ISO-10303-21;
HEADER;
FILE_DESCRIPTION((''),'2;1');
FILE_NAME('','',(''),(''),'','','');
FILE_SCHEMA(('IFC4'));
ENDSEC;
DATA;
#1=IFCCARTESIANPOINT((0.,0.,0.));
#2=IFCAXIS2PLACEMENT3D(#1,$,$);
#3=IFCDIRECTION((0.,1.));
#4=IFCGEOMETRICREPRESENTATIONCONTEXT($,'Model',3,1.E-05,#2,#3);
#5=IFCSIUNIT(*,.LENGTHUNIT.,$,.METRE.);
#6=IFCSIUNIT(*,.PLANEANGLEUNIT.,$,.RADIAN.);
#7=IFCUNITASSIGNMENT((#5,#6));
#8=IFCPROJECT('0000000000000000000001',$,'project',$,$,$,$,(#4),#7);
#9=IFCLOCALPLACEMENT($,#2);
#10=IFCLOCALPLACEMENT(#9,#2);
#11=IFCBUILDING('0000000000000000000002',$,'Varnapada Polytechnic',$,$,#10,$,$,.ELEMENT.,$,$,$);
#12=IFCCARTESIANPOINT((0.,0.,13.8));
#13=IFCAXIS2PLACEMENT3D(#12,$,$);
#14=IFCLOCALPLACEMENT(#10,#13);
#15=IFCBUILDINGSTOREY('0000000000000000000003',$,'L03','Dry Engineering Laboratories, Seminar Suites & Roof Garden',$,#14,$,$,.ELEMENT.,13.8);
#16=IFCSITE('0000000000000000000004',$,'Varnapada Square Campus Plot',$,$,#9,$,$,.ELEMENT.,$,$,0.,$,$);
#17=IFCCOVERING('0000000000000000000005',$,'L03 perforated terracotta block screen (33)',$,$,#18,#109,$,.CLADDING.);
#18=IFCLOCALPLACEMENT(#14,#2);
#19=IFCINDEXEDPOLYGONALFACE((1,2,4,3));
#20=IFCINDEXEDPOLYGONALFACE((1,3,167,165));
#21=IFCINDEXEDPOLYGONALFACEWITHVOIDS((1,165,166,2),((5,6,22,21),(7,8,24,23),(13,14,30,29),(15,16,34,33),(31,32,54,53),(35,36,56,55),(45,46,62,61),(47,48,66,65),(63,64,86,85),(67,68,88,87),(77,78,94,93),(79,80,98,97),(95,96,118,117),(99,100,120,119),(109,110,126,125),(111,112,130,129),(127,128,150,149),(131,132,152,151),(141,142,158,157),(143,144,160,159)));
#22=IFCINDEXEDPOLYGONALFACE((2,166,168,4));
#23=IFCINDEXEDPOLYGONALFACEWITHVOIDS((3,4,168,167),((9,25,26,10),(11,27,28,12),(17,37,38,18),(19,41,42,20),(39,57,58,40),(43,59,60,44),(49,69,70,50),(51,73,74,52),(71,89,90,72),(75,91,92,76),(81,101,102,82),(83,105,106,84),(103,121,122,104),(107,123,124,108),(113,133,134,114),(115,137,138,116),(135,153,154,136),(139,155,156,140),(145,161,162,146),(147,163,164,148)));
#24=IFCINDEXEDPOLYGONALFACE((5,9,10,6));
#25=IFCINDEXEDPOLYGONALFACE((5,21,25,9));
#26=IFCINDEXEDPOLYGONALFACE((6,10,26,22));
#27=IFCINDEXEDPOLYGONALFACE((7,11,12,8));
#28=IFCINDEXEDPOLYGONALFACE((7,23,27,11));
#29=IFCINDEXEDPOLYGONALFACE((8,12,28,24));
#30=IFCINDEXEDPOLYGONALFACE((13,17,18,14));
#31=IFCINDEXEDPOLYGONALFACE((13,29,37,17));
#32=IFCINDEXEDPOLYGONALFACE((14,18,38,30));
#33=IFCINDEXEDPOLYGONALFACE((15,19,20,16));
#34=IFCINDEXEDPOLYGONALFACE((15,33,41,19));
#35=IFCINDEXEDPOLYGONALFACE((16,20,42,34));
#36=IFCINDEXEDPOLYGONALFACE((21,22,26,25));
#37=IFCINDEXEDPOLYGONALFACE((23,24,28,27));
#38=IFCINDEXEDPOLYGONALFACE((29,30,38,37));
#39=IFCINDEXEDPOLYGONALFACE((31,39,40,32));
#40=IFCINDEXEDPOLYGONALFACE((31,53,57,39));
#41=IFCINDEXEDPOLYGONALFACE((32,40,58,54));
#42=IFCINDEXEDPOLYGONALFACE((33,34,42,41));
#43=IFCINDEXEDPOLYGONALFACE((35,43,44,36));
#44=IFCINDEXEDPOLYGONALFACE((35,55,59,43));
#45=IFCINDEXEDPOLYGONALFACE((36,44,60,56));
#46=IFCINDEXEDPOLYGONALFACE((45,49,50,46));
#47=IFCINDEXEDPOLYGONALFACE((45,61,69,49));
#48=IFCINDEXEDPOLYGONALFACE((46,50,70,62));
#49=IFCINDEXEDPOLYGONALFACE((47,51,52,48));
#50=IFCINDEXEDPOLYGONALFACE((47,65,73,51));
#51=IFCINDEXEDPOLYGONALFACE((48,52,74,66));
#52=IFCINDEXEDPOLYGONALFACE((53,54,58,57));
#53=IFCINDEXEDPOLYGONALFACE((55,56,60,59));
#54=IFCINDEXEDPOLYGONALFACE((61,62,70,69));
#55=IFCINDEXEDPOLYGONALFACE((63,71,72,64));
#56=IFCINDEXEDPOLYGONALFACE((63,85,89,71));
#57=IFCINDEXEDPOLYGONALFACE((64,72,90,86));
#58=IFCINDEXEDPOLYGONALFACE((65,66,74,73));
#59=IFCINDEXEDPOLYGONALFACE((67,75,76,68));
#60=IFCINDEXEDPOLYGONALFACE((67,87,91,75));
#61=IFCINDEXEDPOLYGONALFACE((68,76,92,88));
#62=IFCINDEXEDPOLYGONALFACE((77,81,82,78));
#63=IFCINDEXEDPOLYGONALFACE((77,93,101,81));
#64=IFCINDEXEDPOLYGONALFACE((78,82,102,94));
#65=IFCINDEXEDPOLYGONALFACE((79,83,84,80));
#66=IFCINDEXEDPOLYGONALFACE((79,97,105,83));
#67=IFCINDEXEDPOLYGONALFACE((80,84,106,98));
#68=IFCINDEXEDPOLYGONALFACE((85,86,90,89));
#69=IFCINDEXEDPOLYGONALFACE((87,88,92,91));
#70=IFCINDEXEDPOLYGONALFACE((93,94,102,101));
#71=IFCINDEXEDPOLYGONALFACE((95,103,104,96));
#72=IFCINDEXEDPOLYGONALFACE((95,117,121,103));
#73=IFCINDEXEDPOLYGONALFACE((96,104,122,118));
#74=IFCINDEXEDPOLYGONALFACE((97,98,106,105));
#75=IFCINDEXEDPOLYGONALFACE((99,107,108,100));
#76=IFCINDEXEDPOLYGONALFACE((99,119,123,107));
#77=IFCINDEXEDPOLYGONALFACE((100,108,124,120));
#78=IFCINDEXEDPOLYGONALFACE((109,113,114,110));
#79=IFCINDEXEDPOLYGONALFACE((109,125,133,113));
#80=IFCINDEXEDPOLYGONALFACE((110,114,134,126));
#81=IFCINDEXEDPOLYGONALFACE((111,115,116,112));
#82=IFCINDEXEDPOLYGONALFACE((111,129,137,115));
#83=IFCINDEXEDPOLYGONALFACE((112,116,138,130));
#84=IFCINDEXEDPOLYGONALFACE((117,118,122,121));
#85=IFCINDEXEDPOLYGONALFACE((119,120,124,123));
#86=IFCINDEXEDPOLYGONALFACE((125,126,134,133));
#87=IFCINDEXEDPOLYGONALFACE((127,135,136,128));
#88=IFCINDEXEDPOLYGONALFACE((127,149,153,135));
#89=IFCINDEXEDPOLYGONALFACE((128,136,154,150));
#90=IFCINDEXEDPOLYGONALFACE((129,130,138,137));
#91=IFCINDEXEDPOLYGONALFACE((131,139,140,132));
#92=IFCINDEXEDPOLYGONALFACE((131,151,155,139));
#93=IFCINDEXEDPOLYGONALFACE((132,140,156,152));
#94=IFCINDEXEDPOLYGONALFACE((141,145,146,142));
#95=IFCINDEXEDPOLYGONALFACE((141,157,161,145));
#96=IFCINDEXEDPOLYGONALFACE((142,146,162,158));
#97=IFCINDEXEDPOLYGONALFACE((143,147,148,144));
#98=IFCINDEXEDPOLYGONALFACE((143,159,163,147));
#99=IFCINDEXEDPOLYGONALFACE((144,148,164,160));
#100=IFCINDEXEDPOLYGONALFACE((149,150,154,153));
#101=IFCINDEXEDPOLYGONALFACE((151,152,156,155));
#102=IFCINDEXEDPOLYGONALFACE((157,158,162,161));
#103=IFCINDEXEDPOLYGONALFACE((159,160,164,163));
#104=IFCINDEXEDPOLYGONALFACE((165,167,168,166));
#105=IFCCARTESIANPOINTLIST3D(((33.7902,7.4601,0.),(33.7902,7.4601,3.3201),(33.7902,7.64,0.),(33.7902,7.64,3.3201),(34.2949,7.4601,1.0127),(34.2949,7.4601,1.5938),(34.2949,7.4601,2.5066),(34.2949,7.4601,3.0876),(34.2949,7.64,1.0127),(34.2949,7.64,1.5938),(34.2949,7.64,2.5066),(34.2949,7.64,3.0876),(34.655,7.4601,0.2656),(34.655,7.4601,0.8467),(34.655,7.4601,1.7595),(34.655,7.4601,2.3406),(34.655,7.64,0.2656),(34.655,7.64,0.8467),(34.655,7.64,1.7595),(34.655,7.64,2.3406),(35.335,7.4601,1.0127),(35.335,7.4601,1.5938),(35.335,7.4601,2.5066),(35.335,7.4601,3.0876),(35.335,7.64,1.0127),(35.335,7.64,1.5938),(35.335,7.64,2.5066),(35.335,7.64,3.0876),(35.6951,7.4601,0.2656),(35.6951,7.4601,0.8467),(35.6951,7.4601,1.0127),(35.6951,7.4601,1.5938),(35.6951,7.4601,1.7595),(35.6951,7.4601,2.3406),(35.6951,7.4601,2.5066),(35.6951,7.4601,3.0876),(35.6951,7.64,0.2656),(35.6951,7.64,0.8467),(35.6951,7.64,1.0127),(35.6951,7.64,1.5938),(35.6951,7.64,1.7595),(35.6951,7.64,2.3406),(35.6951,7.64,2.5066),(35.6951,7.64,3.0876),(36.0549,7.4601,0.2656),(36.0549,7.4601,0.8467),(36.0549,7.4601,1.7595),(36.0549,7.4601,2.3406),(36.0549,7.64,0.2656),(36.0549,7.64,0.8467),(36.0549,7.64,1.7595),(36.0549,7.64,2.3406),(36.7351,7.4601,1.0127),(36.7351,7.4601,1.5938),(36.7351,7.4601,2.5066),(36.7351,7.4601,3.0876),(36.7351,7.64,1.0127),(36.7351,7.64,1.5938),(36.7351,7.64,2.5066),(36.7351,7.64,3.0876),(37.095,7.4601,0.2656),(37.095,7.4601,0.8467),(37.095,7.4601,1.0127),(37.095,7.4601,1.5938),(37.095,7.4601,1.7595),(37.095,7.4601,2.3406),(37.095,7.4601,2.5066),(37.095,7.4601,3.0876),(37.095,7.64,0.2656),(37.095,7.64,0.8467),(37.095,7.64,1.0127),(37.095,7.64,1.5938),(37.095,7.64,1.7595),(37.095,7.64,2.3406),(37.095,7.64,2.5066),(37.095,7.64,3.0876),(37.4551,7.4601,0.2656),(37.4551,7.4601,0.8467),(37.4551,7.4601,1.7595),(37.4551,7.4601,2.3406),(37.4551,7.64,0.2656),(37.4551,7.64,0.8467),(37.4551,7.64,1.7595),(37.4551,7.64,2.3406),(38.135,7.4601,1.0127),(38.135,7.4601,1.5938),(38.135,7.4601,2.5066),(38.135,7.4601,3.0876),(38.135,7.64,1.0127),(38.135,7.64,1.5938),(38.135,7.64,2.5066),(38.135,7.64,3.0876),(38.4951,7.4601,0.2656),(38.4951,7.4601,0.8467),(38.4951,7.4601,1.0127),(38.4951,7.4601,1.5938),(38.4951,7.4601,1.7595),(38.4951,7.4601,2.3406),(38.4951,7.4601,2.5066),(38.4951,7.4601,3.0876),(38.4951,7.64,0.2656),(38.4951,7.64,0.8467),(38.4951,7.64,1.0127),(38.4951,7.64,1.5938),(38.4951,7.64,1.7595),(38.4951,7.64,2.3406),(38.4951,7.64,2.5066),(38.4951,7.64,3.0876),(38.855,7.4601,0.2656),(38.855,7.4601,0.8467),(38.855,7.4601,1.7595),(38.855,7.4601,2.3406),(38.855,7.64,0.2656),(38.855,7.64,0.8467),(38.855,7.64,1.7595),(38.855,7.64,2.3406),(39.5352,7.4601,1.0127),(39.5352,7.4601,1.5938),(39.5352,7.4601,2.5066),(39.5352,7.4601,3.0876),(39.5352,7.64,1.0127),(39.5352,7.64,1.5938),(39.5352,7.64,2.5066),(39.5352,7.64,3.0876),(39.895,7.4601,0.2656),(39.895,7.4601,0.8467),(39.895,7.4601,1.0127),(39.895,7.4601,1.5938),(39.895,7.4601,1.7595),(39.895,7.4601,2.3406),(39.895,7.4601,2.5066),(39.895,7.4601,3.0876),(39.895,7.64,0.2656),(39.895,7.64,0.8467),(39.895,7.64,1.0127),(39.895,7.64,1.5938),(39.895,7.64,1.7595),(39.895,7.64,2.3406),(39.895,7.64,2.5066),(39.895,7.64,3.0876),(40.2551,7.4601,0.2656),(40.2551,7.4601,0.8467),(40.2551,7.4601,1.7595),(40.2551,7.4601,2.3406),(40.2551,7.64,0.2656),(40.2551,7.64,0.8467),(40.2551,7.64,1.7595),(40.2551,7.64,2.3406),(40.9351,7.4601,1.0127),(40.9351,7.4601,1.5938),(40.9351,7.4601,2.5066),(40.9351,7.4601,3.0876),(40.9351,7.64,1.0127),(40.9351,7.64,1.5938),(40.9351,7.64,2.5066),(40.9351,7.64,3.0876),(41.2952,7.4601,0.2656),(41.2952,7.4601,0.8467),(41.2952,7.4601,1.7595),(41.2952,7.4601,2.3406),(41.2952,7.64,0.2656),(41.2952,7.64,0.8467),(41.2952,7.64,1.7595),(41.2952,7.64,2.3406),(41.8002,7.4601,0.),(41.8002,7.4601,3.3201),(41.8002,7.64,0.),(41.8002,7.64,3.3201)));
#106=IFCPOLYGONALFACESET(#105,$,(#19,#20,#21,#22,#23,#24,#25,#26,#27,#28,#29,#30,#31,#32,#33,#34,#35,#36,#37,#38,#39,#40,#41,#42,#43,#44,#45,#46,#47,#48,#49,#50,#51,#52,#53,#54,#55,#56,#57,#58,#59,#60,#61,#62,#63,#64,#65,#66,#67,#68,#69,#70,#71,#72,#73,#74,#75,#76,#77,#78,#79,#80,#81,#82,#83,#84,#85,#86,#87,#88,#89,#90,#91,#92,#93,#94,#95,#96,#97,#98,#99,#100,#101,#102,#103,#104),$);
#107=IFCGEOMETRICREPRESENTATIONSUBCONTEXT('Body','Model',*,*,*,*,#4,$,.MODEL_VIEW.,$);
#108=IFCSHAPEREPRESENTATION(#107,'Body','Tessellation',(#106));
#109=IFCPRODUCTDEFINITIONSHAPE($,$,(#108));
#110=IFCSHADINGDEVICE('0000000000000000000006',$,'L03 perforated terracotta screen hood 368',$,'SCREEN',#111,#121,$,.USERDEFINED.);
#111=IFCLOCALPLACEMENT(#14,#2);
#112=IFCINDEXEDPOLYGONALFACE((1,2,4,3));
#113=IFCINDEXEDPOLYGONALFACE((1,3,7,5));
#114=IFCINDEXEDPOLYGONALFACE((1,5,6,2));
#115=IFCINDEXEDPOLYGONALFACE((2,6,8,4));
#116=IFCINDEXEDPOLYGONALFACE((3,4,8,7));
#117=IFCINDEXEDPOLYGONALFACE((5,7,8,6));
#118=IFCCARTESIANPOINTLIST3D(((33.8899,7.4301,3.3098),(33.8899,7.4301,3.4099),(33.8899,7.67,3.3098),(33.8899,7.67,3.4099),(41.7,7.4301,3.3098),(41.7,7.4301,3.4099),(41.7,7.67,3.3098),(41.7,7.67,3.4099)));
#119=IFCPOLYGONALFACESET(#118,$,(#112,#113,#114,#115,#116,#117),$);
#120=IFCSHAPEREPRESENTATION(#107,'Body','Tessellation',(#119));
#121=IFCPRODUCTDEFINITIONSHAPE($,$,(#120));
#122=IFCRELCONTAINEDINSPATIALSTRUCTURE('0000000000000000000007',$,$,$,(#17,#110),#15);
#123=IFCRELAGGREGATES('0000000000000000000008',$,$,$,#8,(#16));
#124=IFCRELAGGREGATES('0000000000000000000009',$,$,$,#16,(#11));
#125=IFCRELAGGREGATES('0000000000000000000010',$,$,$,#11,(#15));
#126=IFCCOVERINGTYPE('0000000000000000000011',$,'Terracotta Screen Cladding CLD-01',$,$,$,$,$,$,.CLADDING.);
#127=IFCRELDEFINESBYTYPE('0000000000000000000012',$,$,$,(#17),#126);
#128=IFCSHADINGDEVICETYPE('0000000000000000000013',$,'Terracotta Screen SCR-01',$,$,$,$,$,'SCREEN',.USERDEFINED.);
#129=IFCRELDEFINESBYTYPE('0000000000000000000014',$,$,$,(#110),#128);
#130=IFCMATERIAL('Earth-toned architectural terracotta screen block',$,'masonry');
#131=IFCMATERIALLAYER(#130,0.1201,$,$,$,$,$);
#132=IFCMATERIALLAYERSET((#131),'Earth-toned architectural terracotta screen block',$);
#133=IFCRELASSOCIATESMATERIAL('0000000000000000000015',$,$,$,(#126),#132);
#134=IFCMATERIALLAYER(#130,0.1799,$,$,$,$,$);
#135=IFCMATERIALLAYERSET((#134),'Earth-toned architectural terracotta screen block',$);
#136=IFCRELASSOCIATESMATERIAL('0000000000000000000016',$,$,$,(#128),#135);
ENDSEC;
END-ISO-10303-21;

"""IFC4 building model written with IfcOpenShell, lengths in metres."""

from ifc_helpers import new_model, si_unit, direction, frame, frame_2d, origin, origin_2d, place, context, subcontext, project, spatial, rectangle, extrude, material, layer, layer_set, type_object, element, save


model = new_model("IFC4")

# Units and contexts
model_context = context("Model", 3, precision=1e-05, world=origin(), true_north=direction((0.0, 1.0)))
body_context = subcontext(model_context, "Body", "Model", "MODEL_VIEW")
ifc_project = project(units=[si_unit("LENGTHUNIT", "METRE"), si_unit("PLANEANGLEUNIT", "RADIAN")], contexts=[model_context])

# Site, building, storey
site_placement = place(None, origin())
site = spatial("IfcSite", under=ifc_project, at=site_placement, Name="Varnapada Square Campus Plot", CompositionType="ELEMENT", RefElevation=0.0)
building_placement = place(site_placement, origin())
building = spatial("IfcBuilding", under=site, at=building_placement, Name="Varnapada Polytechnic", CompositionType="ELEMENT")
storey_placement = place(building_placement, frame((0.0, 0.0, 13.8)))
storey = spatial("IfcBuildingStorey", under=building, at=storey_placement, Name="L03", Description="Dry Engineering Laboratories, Seminar Suites & Roof Garden", CompositionType="ELEMENT", Elevation=13.8)

# Covering, openings
ifc_material_1 = material(Name="Earth-toned architectural terracotta screen block", Category="masonry")
ifc_layer_1 = layer(ifc_material_1, 0.1201)
ifc_layer_set_1 = layer_set([ifc_layer_1], Name="Earth-toned architectural terracotta screen block")
covering_type = type_object("IfcCoveringType", Name="Terracotta Screen Cladding CLD-01", PredefinedType="CLADDING", material=ifc_layer_set_1)
covering_placement = place(storey_placement, frame((41.8, 7.55, 0.0), z_axis=(0.0, 0.0, 1.0), x_axis=(-1.0, 0.0, 0.0)))
covering = element("IfcCovering", 1, at=covering_placement, inside=storey, type_object=covering_type, Name="L03 perforated terracotta block screen (33)", PredefinedType="CLADDING", context=body_context, shape_type="SweptSolid", body=[
    extrude(rectangle(XDim=8.01, YDim=0.1799, at=frame_2d((4.0049, 0.0))), origin(), (0.0, 0.0, 1.0), 3.3201),
])
opening_1_placement = place(covering_placement, frame((0.5049, 0.0, 0.2656)))
element("IfcOpeningElement", 2, at=opening_1_placement, cuts=covering, PredefinedType="OPENING", context=body_context, shape_type="SweptSolid", body=[
    extrude(rectangle(XDim=1.04, YDim=0.5811, at=frame_2d((0.52, 0.2905))), frame((0.0, 0.0999, 0.0), z_axis=(0.0, -1.0, 0.0), x_axis=(1.0, 0.0, 0.0)), (0.0, 0.0, 1.0), 0.2),
])
opening_2_placement = place(covering_placement, frame((1.905, 0.0, 0.2656)))
element("IfcOpeningElement", 3, at=opening_2_placement, cuts=covering, PredefinedType="OPENING", context=body_context, shape_type="SweptSolid", body=[
    extrude(rectangle(XDim=1.04, YDim=0.5811, at=frame_2d((0.52, 0.2905))), frame((0.0, 0.0999, 0.0), z_axis=(0.0, -1.0, 0.0), x_axis=(1.0, 0.0, 0.0)), (0.0, 0.0, 1.0), 0.2),
])
opening_3_placement = place(covering_placement, frame((3.3049, 0.0, 0.2656)))
element("IfcOpeningElement", 4, at=opening_3_placement, cuts=covering, PredefinedType="OPENING", context=body_context, shape_type="SweptSolid", body=[
    extrude(rectangle(XDim=1.04, YDim=0.5811, at=frame_2d((0.52, 0.2905))), frame((0.0, 0.0999, 0.0), z_axis=(0.0, -1.0, 0.0), x_axis=(1.0, 0.0, 0.0)), (0.0, 0.0, 1.0), 0.2),
])
opening_4_placement = place(covering_placement, frame((4.7051, 0.0, 0.2656)))
element("IfcOpeningElement", 5, at=opening_4_placement, cuts=covering, PredefinedType="OPENING", context=body_context, shape_type="SweptSolid", body=[
    extrude(rectangle(XDim=1.04, YDim=0.5811, at=frame_2d((0.52, 0.2905))), frame((0.0, 0.0999, 0.0), z_axis=(0.0, -1.0, 0.0), x_axis=(1.0, 0.0, 0.0)), (0.0, 0.0, 1.0), 0.2),
])
opening_5_placement = place(covering_placement, frame((6.105, 0.0, 0.2656)))
element("IfcOpeningElement", 6, at=opening_5_placement, cuts=covering, PredefinedType="OPENING", context=body_context, shape_type="SweptSolid", body=[
    extrude(rectangle(XDim=1.04, YDim=0.5811, at=frame_2d((0.52, 0.2905))), frame((0.0, 0.0999, 0.0), z_axis=(0.0, -1.0, 0.0), x_axis=(1.0, 0.0, 0.0)), (0.0, 0.0, 1.0), 0.2),
])
opening_6_placement = place(covering_placement, frame((0.865, 0.0, 1.0127)))
element("IfcOpeningElement", 7, at=opening_6_placement, cuts=covering, PredefinedType="OPENING", context=body_context, shape_type="SweptSolid", body=[
    extrude(rectangle(XDim=1.04, YDim=0.5811, at=frame_2d((0.52, 0.2905))), frame((0.0, 0.0999, 0.0), z_axis=(0.0, -1.0, 0.0), x_axis=(1.0, 0.0, 0.0)), (0.0, 0.0, 1.0), 0.2),
])
opening_7_placement = place(covering_placement, frame((2.2649, 0.0, 1.0127)))
element("IfcOpeningElement", 8, at=opening_7_placement, cuts=covering, PredefinedType="OPENING", context=body_context, shape_type="SweptSolid", body=[
    extrude(rectangle(XDim=1.04, YDim=0.5811, at=frame_2d((0.52, 0.2905))), frame((0.0, 0.0999, 0.0), z_axis=(0.0, -1.0, 0.0), x_axis=(1.0, 0.0, 0.0)), (0.0, 0.0, 1.0), 0.2),
])
opening_8_placement = place(covering_placement, frame((3.665, 0.0, 1.0127)))
element("IfcOpeningElement", 9, at=opening_8_placement, cuts=covering, PredefinedType="OPENING", context=body_context, shape_type="SweptSolid", body=[
    extrude(rectangle(XDim=1.04, YDim=0.5811, at=frame_2d((0.52, 0.2905))), frame((0.0, 0.0999, 0.0), z_axis=(0.0, -1.0, 0.0), x_axis=(1.0, 0.0, 0.0)), (0.0, 0.0, 1.0), 0.2),
])
opening_9_placement = place(covering_placement, frame((5.0649, 0.0, 1.0127)))
element("IfcOpeningElement", 10, at=opening_9_placement, cuts=covering, PredefinedType="OPENING", context=body_context, shape_type="SweptSolid", body=[
    extrude(rectangle(XDim=1.04, YDim=0.5811, at=frame_2d((0.52, 0.2905))), frame((0.0, 0.0999, 0.0), z_axis=(0.0, -1.0, 0.0), x_axis=(1.0, 0.0, 0.0)), (0.0, 0.0, 1.0), 0.2),
])
opening_10_placement = place(covering_placement, frame((6.4651, 0.0, 1.0127)))
element("IfcOpeningElement", 11, at=opening_10_placement, cuts=covering, PredefinedType="OPENING", context=body_context, shape_type="SweptSolid", body=[
    extrude(rectangle(XDim=1.04, YDim=0.5811, at=frame_2d((0.52, 0.2905))), frame((0.0, 0.0999, 0.0), z_axis=(0.0, -1.0, 0.0), x_axis=(1.0, 0.0, 0.0)), (0.0, 0.0, 1.0), 0.2),
])
opening_11_placement = place(covering_placement, frame((0.5049, 0.0, 1.7595)))
element("IfcOpeningElement", 12, at=opening_11_placement, cuts=covering, PredefinedType="OPENING", context=body_context, shape_type="SweptSolid", body=[
    extrude(rectangle(XDim=1.04, YDim=0.5811, at=frame_2d((0.52, 0.2905))), frame((0.0, 0.0999, 0.0), z_axis=(0.0, -1.0, 0.0), x_axis=(1.0, 0.0, 0.0)), (0.0, 0.0, 1.0), 0.2),
])
opening_12_placement = place(covering_placement, frame((1.905, 0.0, 1.7595)))
element("IfcOpeningElement", 13, at=opening_12_placement, cuts=covering, PredefinedType="OPENING", context=body_context, shape_type="SweptSolid", body=[
    extrude(rectangle(XDim=1.04, YDim=0.5811, at=frame_2d((0.52, 0.2905))), frame((0.0, 0.0999, 0.0), z_axis=(0.0, -1.0, 0.0), x_axis=(1.0, 0.0, 0.0)), (0.0, 0.0, 1.0), 0.2),
])
opening_13_placement = place(covering_placement, frame((3.3049, 0.0, 1.7595)))
element("IfcOpeningElement", 14, at=opening_13_placement, cuts=covering, PredefinedType="OPENING", context=body_context, shape_type="SweptSolid", body=[
    extrude(rectangle(XDim=1.04, YDim=0.5811, at=frame_2d((0.52, 0.2905))), frame((0.0, 0.0999, 0.0), z_axis=(0.0, -1.0, 0.0), x_axis=(1.0, 0.0, 0.0)), (0.0, 0.0, 1.0), 0.2),
])
opening_14_placement = place(covering_placement, frame((4.7051, 0.0, 1.7595)))
element("IfcOpeningElement", 15, at=opening_14_placement, cuts=covering, PredefinedType="OPENING", context=body_context, shape_type="SweptSolid", body=[
    extrude(rectangle(XDim=1.04, YDim=0.5811, at=frame_2d((0.52, 0.2905))), frame((0.0, 0.0999, 0.0), z_axis=(0.0, -1.0, 0.0), x_axis=(1.0, 0.0, 0.0)), (0.0, 0.0, 1.0), 0.2),
])
opening_15_placement = place(covering_placement, frame((6.105, 0.0, 1.7595)))
element("IfcOpeningElement", 16, at=opening_15_placement, cuts=covering, PredefinedType="OPENING", context=body_context, shape_type="SweptSolid", body=[
    extrude(rectangle(XDim=1.04, YDim=0.5811, at=frame_2d((0.52, 0.2905))), frame((0.0, 0.0999, 0.0), z_axis=(0.0, -1.0, 0.0), x_axis=(1.0, 0.0, 0.0)), (0.0, 0.0, 1.0), 0.2),
])
opening_16_placement = place(covering_placement, frame((0.865, 0.0, 2.5066)))
element("IfcOpeningElement", 17, at=opening_16_placement, cuts=covering, PredefinedType="OPENING", context=body_context, shape_type="SweptSolid", body=[
    extrude(rectangle(XDim=1.04, YDim=0.5811, at=frame_2d((0.52, 0.2905))), frame((0.0, 0.0999, 0.0), z_axis=(0.0, -1.0, 0.0), x_axis=(1.0, 0.0, 0.0)), (0.0, 0.0, 1.0), 0.2),
])
opening_17_placement = place(covering_placement, frame((2.2649, 0.0, 2.5066)))
element("IfcOpeningElement", 18, at=opening_17_placement, cuts=covering, PredefinedType="OPENING", context=body_context, shape_type="SweptSolid", body=[
    extrude(rectangle(XDim=1.04, YDim=0.5811, at=frame_2d((0.52, 0.2905))), frame((0.0, 0.0999, 0.0), z_axis=(0.0, -1.0, 0.0), x_axis=(1.0, 0.0, 0.0)), (0.0, 0.0, 1.0), 0.2),
])
opening_18_placement = place(covering_placement, frame((3.665, 0.0, 2.5066)))
element("IfcOpeningElement", 19, at=opening_18_placement, cuts=covering, PredefinedType="OPENING", context=body_context, shape_type="SweptSolid", body=[
    extrude(rectangle(XDim=1.04, YDim=0.5811, at=frame_2d((0.52, 0.2905))), frame((0.0, 0.0999, 0.0), z_axis=(0.0, -1.0, 0.0), x_axis=(1.0, 0.0, 0.0)), (0.0, 0.0, 1.0), 0.2),
])
opening_19_placement = place(covering_placement, frame((5.0649, 0.0, 2.5066)))
element("IfcOpeningElement", 20, at=opening_19_placement, cuts=covering, PredefinedType="OPENING", context=body_context, shape_type="SweptSolid", body=[
    extrude(rectangle(XDim=1.04, YDim=0.5811, at=frame_2d((0.52, 0.2905))), frame((0.0, 0.0999, 0.0), z_axis=(0.0, -1.0, 0.0), x_axis=(1.0, 0.0, 0.0)), (0.0, 0.0, 1.0), 0.2),
])
opening_20_placement = place(covering_placement, frame((6.4651, 0.0, 2.5066)))
element("IfcOpeningElement", 21, at=opening_20_placement, cuts=covering, PredefinedType="OPENING", context=body_context, shape_type="SweptSolid", body=[
    extrude(rectangle(XDim=1.04, YDim=0.5811, at=frame_2d((0.52, 0.2905))), frame((0.0, 0.0999, 0.0), z_axis=(0.0, -1.0, 0.0), x_axis=(1.0, 0.0, 0.0)), (0.0, 0.0, 1.0), 0.2),
])

# Shading device
ifc_layer_2 = layer(ifc_material_1, 0.1799)
ifc_layer_set_2 = layer_set([ifc_layer_2], Name="Earth-toned architectural terracotta screen block")
shading_device_type = type_object("IfcShadingDeviceType", Name="Terracotta Screen SCR-01", ElementType="SCREEN", PredefinedType="USERDEFINED", material=ifc_layer_set_2)
shading_device_placement = place(storey_placement, frame((37.7949, 7.55, 3.3098), z_axis=(0.0, 0.0, 1.0), x_axis=(-1.0, 0.0, 0.0)))
element("IfcShadingDevice", 22, at=shading_device_placement, inside=storey, type_object=shading_device_type, Name="L03 perforated terracotta screen hood 368", ObjectType="SCREEN", PredefinedType="USERDEFINED", context=body_context, shape_type="SweptSolid", body=[
    extrude(rectangle(XDim=7.8101, YDim=0.24, at=origin_2d()), origin(), (0.0, 0.0, 1.0), 0.1001),
])

save(model, "model.ifc")
